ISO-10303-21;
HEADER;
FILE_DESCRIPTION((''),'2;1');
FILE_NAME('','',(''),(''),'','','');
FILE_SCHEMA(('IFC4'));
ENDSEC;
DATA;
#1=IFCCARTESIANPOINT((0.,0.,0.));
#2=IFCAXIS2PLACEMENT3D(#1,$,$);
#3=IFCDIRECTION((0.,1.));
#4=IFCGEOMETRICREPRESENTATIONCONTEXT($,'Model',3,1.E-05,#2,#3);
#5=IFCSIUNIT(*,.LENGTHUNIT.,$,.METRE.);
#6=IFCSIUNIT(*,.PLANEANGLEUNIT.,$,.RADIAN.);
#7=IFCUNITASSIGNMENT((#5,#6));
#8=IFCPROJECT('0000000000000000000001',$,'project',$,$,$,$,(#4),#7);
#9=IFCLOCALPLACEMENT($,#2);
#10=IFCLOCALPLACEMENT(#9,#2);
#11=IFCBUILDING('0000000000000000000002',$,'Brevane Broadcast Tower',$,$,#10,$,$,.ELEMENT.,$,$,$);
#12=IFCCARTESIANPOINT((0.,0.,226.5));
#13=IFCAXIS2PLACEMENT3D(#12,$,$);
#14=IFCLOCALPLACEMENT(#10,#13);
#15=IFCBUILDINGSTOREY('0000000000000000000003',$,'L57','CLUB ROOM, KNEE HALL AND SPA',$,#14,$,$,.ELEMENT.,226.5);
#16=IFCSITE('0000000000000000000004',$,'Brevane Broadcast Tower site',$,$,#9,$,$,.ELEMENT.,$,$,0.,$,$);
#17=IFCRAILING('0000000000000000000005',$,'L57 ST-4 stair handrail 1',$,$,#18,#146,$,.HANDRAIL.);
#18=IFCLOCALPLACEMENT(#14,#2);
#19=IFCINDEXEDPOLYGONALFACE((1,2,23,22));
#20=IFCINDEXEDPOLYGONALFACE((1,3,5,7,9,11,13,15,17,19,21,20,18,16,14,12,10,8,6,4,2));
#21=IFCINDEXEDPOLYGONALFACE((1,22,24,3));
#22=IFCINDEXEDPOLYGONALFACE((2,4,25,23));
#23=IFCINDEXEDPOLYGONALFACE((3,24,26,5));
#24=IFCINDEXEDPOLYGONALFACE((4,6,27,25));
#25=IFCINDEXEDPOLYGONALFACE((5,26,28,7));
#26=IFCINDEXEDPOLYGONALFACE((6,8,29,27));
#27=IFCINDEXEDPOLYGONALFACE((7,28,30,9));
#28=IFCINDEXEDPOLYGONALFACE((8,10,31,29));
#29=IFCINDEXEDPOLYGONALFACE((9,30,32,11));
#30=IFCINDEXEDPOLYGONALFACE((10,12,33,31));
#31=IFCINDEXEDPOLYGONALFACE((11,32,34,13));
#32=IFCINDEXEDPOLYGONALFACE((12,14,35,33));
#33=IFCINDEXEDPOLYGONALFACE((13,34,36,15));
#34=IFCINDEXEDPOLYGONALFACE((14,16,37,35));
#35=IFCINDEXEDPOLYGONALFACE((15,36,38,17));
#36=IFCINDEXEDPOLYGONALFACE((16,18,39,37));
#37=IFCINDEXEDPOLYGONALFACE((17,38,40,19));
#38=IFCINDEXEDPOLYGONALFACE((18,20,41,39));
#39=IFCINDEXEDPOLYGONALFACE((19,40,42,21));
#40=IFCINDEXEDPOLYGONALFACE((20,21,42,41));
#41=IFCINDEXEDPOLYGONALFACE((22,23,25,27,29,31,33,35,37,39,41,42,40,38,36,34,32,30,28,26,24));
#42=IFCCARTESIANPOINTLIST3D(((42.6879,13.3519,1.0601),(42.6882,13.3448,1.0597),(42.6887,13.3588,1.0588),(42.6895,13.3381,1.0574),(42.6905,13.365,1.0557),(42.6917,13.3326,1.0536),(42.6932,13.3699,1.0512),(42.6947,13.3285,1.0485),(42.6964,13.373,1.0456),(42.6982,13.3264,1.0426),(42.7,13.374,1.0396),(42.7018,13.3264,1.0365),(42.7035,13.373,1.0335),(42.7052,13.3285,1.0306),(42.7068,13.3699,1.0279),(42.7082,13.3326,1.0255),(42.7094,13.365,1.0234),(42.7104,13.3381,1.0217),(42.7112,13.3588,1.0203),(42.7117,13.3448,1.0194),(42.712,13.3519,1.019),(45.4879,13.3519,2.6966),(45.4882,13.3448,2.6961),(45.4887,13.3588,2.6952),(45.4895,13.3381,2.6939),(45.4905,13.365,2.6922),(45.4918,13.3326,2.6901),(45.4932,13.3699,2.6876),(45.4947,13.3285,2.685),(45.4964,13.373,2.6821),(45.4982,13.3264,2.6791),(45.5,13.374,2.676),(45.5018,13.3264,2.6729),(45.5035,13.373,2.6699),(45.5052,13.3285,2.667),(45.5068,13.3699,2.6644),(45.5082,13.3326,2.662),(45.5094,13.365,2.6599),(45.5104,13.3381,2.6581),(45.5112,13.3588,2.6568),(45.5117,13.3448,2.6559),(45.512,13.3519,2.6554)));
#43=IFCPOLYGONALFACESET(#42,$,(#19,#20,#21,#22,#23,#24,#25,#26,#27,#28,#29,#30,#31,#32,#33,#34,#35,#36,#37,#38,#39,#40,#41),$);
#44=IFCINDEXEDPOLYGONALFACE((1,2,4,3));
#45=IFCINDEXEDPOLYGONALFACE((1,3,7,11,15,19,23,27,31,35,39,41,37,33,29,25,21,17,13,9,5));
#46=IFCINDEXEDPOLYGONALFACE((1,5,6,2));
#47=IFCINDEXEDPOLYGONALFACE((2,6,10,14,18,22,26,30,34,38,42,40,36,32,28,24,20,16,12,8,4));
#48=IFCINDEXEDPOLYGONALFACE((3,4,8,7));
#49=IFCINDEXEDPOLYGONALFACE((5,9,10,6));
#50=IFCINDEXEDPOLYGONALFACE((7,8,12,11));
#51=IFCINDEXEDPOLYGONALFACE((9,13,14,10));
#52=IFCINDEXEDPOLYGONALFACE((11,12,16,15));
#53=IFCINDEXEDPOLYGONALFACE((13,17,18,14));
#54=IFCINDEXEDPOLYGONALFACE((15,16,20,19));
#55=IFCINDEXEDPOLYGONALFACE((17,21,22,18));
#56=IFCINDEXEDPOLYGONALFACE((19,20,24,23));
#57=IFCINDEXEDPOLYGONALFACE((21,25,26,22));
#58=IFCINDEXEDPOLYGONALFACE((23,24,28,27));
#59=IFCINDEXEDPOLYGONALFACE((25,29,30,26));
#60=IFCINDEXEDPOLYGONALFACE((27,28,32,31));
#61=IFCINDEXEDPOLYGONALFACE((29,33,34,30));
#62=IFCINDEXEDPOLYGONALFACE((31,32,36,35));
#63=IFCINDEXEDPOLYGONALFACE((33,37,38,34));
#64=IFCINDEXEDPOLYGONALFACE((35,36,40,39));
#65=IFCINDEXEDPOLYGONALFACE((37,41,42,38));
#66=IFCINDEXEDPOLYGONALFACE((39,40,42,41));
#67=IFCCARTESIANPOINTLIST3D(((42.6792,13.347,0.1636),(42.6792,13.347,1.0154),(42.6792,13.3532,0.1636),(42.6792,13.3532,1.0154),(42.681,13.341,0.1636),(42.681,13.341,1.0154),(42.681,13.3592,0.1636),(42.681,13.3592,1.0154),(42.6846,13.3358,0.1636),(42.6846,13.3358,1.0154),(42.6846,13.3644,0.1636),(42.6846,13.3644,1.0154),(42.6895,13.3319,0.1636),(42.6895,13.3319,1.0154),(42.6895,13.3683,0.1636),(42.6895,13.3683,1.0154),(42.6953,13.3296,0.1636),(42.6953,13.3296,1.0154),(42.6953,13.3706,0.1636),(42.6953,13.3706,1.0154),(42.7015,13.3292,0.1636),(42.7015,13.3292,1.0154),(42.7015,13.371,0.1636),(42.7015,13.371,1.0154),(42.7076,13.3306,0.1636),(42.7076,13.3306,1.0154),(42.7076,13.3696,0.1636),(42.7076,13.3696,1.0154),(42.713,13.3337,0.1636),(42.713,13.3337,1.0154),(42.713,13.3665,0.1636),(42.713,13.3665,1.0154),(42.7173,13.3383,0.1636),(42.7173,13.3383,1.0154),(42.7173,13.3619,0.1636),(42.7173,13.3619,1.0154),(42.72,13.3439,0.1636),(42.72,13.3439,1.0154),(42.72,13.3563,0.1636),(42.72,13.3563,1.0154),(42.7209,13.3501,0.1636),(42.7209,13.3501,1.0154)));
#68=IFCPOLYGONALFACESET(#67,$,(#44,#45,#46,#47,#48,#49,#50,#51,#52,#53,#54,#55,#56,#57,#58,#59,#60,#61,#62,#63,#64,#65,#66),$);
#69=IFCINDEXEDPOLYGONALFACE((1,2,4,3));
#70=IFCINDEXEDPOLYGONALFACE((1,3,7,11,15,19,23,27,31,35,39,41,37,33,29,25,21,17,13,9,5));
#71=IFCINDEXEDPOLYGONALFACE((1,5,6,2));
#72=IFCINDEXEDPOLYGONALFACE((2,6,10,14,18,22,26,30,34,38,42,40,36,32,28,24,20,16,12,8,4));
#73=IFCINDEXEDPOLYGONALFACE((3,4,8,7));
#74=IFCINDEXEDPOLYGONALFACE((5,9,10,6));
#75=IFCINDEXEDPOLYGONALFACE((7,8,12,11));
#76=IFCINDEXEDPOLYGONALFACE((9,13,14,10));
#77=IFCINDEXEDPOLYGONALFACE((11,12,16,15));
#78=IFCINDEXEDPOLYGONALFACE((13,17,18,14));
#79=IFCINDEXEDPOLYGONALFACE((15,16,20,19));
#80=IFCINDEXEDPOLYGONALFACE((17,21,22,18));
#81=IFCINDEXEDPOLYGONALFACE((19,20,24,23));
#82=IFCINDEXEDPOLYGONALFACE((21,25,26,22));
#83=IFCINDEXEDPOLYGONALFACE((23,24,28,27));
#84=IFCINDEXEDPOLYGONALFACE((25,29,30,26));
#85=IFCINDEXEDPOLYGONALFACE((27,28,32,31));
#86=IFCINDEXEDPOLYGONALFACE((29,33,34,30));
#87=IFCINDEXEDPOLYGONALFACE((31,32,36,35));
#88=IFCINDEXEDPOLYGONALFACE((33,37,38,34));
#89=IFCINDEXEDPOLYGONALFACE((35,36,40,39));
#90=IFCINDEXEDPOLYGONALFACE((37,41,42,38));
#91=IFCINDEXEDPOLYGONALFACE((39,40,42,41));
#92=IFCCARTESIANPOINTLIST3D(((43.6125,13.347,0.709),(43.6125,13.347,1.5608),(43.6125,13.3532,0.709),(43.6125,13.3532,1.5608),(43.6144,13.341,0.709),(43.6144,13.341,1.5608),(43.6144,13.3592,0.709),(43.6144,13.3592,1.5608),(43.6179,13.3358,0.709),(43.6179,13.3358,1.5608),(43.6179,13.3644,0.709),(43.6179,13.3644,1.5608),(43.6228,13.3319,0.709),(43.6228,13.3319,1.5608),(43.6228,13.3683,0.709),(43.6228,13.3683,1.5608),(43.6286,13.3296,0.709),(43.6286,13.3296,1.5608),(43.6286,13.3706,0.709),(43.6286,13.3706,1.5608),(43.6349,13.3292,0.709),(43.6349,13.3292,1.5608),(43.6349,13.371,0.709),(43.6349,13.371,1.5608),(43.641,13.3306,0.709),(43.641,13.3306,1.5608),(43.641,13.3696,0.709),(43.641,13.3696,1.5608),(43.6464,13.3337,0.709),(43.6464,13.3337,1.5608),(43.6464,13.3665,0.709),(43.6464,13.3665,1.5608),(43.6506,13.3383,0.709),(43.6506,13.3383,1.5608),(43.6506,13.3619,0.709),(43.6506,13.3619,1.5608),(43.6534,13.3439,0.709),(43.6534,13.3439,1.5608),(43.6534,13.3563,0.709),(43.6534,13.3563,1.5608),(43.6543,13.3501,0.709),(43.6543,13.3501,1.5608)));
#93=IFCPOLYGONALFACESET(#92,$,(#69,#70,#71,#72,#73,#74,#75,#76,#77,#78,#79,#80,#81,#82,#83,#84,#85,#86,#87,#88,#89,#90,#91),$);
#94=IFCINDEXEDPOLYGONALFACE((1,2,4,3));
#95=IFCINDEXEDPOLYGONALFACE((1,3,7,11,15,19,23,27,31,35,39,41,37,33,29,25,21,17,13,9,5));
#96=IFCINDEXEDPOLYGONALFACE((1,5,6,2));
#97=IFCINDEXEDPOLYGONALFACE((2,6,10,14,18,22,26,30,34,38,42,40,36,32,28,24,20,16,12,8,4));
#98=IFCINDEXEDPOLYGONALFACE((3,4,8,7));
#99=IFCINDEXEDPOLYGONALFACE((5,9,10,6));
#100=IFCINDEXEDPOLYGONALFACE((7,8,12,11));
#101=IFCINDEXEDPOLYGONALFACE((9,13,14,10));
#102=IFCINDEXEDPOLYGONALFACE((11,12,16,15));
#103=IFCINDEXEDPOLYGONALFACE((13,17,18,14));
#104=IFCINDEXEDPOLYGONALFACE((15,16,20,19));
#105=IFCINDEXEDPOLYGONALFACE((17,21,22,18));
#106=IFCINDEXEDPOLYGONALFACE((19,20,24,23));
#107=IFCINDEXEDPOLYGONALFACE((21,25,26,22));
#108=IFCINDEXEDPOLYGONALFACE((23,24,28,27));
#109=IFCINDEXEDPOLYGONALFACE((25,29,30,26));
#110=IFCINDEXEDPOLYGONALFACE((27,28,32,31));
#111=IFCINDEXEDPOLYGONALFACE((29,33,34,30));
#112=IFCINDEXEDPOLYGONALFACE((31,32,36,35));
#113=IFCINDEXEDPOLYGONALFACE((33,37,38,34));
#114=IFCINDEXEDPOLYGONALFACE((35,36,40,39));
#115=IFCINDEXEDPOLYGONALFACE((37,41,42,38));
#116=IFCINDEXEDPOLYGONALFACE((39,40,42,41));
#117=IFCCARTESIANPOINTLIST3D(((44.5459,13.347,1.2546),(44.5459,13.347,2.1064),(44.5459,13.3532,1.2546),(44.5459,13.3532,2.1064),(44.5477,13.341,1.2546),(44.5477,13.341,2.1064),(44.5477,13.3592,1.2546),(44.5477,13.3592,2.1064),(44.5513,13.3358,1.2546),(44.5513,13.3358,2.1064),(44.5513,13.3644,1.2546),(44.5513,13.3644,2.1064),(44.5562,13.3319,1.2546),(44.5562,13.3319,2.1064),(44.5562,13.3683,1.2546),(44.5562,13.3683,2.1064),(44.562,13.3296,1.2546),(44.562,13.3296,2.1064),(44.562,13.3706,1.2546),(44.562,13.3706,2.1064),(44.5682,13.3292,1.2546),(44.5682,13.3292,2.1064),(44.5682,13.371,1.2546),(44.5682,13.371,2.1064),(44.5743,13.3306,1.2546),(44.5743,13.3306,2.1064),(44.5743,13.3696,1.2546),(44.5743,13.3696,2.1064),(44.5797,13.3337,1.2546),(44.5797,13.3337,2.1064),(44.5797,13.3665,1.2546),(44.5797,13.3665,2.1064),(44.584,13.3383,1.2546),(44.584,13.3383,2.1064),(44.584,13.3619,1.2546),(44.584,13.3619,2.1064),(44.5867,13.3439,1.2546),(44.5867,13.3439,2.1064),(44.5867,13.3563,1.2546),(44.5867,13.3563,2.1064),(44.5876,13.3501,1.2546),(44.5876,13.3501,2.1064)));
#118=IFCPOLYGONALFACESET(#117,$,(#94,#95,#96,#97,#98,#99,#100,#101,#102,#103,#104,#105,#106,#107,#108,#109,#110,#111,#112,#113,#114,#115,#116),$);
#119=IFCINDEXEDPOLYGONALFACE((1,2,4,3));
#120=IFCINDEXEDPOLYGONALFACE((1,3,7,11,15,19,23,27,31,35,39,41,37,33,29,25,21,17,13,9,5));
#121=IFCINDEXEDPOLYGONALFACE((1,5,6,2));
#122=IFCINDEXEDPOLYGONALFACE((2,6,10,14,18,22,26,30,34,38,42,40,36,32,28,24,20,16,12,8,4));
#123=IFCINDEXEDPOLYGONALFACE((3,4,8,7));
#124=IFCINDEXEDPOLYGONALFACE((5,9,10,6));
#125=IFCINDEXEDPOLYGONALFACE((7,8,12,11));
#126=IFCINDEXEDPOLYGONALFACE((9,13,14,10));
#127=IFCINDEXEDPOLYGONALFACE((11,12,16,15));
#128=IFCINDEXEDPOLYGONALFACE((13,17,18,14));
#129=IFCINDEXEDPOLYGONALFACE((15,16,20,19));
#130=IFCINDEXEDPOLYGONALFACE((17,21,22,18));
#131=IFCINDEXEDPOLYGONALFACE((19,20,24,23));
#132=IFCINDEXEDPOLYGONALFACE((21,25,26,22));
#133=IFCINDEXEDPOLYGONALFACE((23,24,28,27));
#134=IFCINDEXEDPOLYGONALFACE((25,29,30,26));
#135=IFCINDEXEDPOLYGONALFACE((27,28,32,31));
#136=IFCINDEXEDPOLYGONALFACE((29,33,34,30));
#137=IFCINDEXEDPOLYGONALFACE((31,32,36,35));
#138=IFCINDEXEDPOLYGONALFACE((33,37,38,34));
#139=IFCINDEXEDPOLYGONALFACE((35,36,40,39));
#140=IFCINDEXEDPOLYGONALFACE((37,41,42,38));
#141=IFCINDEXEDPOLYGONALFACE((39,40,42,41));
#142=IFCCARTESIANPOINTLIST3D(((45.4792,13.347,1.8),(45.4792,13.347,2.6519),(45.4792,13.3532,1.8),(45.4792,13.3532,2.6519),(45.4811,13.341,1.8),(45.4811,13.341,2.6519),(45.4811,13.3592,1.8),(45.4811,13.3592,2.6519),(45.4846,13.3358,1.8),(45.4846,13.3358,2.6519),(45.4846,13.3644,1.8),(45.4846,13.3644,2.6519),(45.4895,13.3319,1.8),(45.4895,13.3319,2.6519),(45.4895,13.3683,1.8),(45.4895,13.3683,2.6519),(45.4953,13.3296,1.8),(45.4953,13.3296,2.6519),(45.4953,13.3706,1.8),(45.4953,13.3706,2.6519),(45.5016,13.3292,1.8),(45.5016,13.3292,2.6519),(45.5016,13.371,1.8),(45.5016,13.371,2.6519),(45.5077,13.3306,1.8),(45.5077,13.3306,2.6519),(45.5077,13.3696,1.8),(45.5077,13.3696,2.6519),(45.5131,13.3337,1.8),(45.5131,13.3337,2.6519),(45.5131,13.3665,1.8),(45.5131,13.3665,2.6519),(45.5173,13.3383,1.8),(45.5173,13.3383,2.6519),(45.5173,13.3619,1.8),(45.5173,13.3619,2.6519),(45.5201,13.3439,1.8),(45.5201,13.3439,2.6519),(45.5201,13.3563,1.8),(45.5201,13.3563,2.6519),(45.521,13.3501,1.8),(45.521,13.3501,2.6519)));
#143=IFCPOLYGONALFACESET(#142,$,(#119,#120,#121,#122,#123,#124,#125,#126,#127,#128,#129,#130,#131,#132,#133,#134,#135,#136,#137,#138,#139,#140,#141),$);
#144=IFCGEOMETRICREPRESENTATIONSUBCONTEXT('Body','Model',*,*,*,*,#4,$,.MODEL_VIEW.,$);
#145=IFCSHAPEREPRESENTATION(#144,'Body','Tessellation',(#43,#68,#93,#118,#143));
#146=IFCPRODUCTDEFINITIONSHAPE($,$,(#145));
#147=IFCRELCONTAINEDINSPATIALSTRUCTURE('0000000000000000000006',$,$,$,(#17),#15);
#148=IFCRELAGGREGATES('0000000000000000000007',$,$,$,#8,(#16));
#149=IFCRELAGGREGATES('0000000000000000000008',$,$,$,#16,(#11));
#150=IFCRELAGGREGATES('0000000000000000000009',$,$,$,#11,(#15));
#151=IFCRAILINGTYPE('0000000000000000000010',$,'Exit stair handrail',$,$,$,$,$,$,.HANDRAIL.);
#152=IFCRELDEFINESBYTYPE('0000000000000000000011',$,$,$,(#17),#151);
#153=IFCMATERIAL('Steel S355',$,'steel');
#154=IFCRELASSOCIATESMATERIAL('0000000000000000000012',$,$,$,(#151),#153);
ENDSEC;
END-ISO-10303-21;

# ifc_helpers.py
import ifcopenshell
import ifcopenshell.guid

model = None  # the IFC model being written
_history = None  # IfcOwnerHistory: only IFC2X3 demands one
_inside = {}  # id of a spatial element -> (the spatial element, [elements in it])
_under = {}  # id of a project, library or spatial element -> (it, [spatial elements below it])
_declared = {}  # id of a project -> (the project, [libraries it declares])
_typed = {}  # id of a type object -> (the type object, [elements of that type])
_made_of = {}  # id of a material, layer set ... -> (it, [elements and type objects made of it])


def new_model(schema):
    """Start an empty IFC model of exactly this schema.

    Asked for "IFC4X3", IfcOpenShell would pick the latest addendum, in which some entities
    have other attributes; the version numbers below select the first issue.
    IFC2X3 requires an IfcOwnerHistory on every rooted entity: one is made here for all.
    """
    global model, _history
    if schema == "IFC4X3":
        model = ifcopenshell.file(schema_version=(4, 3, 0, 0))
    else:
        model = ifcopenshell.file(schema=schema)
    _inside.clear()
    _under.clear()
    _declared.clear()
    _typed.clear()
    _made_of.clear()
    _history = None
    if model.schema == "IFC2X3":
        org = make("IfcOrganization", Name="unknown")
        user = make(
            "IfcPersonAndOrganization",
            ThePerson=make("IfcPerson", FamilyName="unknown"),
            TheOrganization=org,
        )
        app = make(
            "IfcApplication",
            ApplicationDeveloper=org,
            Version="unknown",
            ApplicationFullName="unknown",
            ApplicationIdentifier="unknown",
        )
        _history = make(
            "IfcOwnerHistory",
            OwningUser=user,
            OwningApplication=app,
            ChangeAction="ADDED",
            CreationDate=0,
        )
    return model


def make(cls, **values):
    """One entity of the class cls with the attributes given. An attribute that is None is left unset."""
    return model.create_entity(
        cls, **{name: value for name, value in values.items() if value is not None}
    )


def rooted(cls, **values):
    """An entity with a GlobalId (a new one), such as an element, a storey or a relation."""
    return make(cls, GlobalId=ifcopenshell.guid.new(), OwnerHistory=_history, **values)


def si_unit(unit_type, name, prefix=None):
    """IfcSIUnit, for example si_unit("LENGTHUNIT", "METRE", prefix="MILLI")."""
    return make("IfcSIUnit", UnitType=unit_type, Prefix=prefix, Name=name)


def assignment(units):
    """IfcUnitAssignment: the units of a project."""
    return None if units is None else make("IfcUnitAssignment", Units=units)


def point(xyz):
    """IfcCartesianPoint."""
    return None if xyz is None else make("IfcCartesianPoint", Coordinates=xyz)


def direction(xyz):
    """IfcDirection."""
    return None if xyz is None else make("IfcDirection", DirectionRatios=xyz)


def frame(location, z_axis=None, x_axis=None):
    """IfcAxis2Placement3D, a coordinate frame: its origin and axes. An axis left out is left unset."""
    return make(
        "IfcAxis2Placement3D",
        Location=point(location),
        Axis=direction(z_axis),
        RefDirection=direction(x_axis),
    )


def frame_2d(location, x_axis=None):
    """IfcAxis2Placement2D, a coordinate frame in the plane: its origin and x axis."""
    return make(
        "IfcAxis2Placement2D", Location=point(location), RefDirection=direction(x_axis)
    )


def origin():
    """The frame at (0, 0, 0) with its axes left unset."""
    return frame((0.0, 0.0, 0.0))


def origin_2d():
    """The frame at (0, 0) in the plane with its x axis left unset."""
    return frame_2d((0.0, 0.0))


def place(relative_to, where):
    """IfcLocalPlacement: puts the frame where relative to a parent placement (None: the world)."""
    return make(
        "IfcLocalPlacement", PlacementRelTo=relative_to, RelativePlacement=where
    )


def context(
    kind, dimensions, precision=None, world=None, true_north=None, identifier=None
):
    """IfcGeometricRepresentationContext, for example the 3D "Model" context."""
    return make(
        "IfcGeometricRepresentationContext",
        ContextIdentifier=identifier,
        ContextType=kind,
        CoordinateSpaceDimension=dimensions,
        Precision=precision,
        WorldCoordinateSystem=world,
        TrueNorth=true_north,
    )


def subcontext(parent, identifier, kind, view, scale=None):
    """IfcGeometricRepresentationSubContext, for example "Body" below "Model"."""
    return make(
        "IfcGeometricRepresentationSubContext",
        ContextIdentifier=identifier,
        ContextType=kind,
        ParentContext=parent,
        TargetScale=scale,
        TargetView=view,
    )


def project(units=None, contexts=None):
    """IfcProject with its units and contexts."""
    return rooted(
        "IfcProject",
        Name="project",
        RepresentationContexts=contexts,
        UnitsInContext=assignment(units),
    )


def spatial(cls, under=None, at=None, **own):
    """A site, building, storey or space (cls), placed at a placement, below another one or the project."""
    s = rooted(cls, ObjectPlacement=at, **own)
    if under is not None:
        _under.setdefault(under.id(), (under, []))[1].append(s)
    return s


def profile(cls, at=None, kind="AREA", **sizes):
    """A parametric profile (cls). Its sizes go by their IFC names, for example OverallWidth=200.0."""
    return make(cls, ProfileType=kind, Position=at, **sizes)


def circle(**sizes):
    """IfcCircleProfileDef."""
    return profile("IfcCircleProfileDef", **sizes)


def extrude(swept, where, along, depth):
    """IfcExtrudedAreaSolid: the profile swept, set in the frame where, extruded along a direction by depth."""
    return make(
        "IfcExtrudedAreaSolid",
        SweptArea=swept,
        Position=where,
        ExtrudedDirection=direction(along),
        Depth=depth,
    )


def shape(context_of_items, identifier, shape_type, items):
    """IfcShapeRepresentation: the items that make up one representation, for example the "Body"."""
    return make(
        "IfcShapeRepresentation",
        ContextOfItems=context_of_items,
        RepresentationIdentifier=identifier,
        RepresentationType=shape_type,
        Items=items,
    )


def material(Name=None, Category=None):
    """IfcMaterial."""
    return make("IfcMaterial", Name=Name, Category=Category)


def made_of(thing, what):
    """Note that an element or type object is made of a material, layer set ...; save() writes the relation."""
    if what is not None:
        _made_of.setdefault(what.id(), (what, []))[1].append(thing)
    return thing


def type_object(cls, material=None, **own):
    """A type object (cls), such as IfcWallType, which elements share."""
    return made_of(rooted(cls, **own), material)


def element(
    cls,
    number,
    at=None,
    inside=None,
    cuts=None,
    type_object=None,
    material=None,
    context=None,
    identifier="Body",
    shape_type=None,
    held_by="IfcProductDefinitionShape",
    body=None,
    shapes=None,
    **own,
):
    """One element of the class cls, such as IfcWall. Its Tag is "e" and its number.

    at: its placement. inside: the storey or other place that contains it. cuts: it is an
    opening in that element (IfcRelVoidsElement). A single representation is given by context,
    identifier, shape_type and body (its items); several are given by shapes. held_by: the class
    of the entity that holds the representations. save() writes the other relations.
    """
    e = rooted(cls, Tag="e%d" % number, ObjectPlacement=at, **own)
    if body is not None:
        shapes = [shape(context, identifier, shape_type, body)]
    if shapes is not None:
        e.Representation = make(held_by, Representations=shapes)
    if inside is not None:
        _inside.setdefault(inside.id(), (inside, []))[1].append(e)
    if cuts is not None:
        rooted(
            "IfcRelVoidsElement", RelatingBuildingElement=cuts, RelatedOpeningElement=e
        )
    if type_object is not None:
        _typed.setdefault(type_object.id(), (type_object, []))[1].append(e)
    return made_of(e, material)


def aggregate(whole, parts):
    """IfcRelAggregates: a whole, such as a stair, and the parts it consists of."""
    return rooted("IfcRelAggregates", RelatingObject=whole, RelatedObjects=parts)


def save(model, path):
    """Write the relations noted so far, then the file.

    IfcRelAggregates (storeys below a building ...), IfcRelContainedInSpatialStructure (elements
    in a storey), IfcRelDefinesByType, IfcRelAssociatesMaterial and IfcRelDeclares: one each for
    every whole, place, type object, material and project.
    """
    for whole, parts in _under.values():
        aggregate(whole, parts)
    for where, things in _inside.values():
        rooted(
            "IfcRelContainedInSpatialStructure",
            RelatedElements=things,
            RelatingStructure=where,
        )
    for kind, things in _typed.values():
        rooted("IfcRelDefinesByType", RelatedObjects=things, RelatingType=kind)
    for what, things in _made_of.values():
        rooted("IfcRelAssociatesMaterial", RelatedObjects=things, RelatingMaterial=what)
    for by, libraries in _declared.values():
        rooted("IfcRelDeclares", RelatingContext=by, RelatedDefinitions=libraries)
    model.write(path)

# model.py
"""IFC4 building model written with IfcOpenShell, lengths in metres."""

from ifc_helpers import new_model, si_unit, direction, frame, origin, origin_2d, place, context, subcontext, project, spatial, circle, extrude, material, type_object, element, save


model = new_model("IFC4")

# Units and contexts
model_context = context("Model", 3, precision=1e-05, world=origin(), true_north=direction((0.0, 1.0)))
body_context = subcontext(model_context, "Body", "Model", "MODEL_VIEW")
ifc_project = project(units=[si_unit("LENGTHUNIT", "METRE"), si_unit("PLANEANGLEUNIT", "RADIAN")], contexts=[model_context])

# Site, building, storey
site_placement = place(None, origin())
site = spatial("IfcSite", under=ifc_project, at=site_placement, Name="Brevane Broadcast Tower site", CompositionType="ELEMENT", RefElevation=0.0)
building_placement = place(site_placement, origin())
building = spatial("IfcBuilding", under=site, at=building_placement, Name="Brevane Broadcast Tower", CompositionType="ELEMENT")
storey_placement = place(building_placement, frame((0.0, 0.0, 226.5)))
storey = spatial("IfcBuildingStorey", under=building, at=storey_placement, Name="L57", Description="CLUB ROOM, KNEE HALL AND SPA", CompositionType="ELEMENT", Elevation=226.5)

# Railing
ifc_material_1 = material(Name="Steel S355", Category="steel")
railing_type_1 = type_object("IfcRailingType", Name="Exit stair handrail", PredefinedType="HANDRAIL", material=ifc_material_1)
railing_1_placement = place(storey_placement, frame((42.7, 13.3501, 0.1636)))
element("IfcRailing", 1, at=railing_1_placement, inside=storey, type_object=railing_type_1, Name="L57 ST-4 stair handrail 1", PredefinedType="HANDRAIL", context=body_context, shape_type="SweptSolid", body=[
    extrude(circle(Radius=0.0239, at=origin_2d()), frame((0.0, 0.0, 0.876), z_axis=(0.863361, 0.0, 0.504587), x_axis=(0.0, 1.0, 0.0)), (0.0, 0.0, 1.0), 3.2432),
    extrude(circle(Radius=0.021, at=origin_2d()), origin(), (0.0, 0.0, 1.0), 0.8518),
    extrude(circle(Radius=0.021, at=origin_2d()), frame((0.9333, 0.0, 0.5454)), (0.0, 0.0, 1.0), 0.8518),
    extrude(circle(Radius=0.021, at=origin_2d()), frame((1.8667, 0.0, 1.0911)), (0.0, 0.0, 1.0), 0.8518),
    extrude(circle(Radius=0.021, at=origin_2d()), frame((2.8, 0.0, 1.6365)), (0.0, 0.0, 1.0), 0.8518),
])

save(model, "model.ifc")
